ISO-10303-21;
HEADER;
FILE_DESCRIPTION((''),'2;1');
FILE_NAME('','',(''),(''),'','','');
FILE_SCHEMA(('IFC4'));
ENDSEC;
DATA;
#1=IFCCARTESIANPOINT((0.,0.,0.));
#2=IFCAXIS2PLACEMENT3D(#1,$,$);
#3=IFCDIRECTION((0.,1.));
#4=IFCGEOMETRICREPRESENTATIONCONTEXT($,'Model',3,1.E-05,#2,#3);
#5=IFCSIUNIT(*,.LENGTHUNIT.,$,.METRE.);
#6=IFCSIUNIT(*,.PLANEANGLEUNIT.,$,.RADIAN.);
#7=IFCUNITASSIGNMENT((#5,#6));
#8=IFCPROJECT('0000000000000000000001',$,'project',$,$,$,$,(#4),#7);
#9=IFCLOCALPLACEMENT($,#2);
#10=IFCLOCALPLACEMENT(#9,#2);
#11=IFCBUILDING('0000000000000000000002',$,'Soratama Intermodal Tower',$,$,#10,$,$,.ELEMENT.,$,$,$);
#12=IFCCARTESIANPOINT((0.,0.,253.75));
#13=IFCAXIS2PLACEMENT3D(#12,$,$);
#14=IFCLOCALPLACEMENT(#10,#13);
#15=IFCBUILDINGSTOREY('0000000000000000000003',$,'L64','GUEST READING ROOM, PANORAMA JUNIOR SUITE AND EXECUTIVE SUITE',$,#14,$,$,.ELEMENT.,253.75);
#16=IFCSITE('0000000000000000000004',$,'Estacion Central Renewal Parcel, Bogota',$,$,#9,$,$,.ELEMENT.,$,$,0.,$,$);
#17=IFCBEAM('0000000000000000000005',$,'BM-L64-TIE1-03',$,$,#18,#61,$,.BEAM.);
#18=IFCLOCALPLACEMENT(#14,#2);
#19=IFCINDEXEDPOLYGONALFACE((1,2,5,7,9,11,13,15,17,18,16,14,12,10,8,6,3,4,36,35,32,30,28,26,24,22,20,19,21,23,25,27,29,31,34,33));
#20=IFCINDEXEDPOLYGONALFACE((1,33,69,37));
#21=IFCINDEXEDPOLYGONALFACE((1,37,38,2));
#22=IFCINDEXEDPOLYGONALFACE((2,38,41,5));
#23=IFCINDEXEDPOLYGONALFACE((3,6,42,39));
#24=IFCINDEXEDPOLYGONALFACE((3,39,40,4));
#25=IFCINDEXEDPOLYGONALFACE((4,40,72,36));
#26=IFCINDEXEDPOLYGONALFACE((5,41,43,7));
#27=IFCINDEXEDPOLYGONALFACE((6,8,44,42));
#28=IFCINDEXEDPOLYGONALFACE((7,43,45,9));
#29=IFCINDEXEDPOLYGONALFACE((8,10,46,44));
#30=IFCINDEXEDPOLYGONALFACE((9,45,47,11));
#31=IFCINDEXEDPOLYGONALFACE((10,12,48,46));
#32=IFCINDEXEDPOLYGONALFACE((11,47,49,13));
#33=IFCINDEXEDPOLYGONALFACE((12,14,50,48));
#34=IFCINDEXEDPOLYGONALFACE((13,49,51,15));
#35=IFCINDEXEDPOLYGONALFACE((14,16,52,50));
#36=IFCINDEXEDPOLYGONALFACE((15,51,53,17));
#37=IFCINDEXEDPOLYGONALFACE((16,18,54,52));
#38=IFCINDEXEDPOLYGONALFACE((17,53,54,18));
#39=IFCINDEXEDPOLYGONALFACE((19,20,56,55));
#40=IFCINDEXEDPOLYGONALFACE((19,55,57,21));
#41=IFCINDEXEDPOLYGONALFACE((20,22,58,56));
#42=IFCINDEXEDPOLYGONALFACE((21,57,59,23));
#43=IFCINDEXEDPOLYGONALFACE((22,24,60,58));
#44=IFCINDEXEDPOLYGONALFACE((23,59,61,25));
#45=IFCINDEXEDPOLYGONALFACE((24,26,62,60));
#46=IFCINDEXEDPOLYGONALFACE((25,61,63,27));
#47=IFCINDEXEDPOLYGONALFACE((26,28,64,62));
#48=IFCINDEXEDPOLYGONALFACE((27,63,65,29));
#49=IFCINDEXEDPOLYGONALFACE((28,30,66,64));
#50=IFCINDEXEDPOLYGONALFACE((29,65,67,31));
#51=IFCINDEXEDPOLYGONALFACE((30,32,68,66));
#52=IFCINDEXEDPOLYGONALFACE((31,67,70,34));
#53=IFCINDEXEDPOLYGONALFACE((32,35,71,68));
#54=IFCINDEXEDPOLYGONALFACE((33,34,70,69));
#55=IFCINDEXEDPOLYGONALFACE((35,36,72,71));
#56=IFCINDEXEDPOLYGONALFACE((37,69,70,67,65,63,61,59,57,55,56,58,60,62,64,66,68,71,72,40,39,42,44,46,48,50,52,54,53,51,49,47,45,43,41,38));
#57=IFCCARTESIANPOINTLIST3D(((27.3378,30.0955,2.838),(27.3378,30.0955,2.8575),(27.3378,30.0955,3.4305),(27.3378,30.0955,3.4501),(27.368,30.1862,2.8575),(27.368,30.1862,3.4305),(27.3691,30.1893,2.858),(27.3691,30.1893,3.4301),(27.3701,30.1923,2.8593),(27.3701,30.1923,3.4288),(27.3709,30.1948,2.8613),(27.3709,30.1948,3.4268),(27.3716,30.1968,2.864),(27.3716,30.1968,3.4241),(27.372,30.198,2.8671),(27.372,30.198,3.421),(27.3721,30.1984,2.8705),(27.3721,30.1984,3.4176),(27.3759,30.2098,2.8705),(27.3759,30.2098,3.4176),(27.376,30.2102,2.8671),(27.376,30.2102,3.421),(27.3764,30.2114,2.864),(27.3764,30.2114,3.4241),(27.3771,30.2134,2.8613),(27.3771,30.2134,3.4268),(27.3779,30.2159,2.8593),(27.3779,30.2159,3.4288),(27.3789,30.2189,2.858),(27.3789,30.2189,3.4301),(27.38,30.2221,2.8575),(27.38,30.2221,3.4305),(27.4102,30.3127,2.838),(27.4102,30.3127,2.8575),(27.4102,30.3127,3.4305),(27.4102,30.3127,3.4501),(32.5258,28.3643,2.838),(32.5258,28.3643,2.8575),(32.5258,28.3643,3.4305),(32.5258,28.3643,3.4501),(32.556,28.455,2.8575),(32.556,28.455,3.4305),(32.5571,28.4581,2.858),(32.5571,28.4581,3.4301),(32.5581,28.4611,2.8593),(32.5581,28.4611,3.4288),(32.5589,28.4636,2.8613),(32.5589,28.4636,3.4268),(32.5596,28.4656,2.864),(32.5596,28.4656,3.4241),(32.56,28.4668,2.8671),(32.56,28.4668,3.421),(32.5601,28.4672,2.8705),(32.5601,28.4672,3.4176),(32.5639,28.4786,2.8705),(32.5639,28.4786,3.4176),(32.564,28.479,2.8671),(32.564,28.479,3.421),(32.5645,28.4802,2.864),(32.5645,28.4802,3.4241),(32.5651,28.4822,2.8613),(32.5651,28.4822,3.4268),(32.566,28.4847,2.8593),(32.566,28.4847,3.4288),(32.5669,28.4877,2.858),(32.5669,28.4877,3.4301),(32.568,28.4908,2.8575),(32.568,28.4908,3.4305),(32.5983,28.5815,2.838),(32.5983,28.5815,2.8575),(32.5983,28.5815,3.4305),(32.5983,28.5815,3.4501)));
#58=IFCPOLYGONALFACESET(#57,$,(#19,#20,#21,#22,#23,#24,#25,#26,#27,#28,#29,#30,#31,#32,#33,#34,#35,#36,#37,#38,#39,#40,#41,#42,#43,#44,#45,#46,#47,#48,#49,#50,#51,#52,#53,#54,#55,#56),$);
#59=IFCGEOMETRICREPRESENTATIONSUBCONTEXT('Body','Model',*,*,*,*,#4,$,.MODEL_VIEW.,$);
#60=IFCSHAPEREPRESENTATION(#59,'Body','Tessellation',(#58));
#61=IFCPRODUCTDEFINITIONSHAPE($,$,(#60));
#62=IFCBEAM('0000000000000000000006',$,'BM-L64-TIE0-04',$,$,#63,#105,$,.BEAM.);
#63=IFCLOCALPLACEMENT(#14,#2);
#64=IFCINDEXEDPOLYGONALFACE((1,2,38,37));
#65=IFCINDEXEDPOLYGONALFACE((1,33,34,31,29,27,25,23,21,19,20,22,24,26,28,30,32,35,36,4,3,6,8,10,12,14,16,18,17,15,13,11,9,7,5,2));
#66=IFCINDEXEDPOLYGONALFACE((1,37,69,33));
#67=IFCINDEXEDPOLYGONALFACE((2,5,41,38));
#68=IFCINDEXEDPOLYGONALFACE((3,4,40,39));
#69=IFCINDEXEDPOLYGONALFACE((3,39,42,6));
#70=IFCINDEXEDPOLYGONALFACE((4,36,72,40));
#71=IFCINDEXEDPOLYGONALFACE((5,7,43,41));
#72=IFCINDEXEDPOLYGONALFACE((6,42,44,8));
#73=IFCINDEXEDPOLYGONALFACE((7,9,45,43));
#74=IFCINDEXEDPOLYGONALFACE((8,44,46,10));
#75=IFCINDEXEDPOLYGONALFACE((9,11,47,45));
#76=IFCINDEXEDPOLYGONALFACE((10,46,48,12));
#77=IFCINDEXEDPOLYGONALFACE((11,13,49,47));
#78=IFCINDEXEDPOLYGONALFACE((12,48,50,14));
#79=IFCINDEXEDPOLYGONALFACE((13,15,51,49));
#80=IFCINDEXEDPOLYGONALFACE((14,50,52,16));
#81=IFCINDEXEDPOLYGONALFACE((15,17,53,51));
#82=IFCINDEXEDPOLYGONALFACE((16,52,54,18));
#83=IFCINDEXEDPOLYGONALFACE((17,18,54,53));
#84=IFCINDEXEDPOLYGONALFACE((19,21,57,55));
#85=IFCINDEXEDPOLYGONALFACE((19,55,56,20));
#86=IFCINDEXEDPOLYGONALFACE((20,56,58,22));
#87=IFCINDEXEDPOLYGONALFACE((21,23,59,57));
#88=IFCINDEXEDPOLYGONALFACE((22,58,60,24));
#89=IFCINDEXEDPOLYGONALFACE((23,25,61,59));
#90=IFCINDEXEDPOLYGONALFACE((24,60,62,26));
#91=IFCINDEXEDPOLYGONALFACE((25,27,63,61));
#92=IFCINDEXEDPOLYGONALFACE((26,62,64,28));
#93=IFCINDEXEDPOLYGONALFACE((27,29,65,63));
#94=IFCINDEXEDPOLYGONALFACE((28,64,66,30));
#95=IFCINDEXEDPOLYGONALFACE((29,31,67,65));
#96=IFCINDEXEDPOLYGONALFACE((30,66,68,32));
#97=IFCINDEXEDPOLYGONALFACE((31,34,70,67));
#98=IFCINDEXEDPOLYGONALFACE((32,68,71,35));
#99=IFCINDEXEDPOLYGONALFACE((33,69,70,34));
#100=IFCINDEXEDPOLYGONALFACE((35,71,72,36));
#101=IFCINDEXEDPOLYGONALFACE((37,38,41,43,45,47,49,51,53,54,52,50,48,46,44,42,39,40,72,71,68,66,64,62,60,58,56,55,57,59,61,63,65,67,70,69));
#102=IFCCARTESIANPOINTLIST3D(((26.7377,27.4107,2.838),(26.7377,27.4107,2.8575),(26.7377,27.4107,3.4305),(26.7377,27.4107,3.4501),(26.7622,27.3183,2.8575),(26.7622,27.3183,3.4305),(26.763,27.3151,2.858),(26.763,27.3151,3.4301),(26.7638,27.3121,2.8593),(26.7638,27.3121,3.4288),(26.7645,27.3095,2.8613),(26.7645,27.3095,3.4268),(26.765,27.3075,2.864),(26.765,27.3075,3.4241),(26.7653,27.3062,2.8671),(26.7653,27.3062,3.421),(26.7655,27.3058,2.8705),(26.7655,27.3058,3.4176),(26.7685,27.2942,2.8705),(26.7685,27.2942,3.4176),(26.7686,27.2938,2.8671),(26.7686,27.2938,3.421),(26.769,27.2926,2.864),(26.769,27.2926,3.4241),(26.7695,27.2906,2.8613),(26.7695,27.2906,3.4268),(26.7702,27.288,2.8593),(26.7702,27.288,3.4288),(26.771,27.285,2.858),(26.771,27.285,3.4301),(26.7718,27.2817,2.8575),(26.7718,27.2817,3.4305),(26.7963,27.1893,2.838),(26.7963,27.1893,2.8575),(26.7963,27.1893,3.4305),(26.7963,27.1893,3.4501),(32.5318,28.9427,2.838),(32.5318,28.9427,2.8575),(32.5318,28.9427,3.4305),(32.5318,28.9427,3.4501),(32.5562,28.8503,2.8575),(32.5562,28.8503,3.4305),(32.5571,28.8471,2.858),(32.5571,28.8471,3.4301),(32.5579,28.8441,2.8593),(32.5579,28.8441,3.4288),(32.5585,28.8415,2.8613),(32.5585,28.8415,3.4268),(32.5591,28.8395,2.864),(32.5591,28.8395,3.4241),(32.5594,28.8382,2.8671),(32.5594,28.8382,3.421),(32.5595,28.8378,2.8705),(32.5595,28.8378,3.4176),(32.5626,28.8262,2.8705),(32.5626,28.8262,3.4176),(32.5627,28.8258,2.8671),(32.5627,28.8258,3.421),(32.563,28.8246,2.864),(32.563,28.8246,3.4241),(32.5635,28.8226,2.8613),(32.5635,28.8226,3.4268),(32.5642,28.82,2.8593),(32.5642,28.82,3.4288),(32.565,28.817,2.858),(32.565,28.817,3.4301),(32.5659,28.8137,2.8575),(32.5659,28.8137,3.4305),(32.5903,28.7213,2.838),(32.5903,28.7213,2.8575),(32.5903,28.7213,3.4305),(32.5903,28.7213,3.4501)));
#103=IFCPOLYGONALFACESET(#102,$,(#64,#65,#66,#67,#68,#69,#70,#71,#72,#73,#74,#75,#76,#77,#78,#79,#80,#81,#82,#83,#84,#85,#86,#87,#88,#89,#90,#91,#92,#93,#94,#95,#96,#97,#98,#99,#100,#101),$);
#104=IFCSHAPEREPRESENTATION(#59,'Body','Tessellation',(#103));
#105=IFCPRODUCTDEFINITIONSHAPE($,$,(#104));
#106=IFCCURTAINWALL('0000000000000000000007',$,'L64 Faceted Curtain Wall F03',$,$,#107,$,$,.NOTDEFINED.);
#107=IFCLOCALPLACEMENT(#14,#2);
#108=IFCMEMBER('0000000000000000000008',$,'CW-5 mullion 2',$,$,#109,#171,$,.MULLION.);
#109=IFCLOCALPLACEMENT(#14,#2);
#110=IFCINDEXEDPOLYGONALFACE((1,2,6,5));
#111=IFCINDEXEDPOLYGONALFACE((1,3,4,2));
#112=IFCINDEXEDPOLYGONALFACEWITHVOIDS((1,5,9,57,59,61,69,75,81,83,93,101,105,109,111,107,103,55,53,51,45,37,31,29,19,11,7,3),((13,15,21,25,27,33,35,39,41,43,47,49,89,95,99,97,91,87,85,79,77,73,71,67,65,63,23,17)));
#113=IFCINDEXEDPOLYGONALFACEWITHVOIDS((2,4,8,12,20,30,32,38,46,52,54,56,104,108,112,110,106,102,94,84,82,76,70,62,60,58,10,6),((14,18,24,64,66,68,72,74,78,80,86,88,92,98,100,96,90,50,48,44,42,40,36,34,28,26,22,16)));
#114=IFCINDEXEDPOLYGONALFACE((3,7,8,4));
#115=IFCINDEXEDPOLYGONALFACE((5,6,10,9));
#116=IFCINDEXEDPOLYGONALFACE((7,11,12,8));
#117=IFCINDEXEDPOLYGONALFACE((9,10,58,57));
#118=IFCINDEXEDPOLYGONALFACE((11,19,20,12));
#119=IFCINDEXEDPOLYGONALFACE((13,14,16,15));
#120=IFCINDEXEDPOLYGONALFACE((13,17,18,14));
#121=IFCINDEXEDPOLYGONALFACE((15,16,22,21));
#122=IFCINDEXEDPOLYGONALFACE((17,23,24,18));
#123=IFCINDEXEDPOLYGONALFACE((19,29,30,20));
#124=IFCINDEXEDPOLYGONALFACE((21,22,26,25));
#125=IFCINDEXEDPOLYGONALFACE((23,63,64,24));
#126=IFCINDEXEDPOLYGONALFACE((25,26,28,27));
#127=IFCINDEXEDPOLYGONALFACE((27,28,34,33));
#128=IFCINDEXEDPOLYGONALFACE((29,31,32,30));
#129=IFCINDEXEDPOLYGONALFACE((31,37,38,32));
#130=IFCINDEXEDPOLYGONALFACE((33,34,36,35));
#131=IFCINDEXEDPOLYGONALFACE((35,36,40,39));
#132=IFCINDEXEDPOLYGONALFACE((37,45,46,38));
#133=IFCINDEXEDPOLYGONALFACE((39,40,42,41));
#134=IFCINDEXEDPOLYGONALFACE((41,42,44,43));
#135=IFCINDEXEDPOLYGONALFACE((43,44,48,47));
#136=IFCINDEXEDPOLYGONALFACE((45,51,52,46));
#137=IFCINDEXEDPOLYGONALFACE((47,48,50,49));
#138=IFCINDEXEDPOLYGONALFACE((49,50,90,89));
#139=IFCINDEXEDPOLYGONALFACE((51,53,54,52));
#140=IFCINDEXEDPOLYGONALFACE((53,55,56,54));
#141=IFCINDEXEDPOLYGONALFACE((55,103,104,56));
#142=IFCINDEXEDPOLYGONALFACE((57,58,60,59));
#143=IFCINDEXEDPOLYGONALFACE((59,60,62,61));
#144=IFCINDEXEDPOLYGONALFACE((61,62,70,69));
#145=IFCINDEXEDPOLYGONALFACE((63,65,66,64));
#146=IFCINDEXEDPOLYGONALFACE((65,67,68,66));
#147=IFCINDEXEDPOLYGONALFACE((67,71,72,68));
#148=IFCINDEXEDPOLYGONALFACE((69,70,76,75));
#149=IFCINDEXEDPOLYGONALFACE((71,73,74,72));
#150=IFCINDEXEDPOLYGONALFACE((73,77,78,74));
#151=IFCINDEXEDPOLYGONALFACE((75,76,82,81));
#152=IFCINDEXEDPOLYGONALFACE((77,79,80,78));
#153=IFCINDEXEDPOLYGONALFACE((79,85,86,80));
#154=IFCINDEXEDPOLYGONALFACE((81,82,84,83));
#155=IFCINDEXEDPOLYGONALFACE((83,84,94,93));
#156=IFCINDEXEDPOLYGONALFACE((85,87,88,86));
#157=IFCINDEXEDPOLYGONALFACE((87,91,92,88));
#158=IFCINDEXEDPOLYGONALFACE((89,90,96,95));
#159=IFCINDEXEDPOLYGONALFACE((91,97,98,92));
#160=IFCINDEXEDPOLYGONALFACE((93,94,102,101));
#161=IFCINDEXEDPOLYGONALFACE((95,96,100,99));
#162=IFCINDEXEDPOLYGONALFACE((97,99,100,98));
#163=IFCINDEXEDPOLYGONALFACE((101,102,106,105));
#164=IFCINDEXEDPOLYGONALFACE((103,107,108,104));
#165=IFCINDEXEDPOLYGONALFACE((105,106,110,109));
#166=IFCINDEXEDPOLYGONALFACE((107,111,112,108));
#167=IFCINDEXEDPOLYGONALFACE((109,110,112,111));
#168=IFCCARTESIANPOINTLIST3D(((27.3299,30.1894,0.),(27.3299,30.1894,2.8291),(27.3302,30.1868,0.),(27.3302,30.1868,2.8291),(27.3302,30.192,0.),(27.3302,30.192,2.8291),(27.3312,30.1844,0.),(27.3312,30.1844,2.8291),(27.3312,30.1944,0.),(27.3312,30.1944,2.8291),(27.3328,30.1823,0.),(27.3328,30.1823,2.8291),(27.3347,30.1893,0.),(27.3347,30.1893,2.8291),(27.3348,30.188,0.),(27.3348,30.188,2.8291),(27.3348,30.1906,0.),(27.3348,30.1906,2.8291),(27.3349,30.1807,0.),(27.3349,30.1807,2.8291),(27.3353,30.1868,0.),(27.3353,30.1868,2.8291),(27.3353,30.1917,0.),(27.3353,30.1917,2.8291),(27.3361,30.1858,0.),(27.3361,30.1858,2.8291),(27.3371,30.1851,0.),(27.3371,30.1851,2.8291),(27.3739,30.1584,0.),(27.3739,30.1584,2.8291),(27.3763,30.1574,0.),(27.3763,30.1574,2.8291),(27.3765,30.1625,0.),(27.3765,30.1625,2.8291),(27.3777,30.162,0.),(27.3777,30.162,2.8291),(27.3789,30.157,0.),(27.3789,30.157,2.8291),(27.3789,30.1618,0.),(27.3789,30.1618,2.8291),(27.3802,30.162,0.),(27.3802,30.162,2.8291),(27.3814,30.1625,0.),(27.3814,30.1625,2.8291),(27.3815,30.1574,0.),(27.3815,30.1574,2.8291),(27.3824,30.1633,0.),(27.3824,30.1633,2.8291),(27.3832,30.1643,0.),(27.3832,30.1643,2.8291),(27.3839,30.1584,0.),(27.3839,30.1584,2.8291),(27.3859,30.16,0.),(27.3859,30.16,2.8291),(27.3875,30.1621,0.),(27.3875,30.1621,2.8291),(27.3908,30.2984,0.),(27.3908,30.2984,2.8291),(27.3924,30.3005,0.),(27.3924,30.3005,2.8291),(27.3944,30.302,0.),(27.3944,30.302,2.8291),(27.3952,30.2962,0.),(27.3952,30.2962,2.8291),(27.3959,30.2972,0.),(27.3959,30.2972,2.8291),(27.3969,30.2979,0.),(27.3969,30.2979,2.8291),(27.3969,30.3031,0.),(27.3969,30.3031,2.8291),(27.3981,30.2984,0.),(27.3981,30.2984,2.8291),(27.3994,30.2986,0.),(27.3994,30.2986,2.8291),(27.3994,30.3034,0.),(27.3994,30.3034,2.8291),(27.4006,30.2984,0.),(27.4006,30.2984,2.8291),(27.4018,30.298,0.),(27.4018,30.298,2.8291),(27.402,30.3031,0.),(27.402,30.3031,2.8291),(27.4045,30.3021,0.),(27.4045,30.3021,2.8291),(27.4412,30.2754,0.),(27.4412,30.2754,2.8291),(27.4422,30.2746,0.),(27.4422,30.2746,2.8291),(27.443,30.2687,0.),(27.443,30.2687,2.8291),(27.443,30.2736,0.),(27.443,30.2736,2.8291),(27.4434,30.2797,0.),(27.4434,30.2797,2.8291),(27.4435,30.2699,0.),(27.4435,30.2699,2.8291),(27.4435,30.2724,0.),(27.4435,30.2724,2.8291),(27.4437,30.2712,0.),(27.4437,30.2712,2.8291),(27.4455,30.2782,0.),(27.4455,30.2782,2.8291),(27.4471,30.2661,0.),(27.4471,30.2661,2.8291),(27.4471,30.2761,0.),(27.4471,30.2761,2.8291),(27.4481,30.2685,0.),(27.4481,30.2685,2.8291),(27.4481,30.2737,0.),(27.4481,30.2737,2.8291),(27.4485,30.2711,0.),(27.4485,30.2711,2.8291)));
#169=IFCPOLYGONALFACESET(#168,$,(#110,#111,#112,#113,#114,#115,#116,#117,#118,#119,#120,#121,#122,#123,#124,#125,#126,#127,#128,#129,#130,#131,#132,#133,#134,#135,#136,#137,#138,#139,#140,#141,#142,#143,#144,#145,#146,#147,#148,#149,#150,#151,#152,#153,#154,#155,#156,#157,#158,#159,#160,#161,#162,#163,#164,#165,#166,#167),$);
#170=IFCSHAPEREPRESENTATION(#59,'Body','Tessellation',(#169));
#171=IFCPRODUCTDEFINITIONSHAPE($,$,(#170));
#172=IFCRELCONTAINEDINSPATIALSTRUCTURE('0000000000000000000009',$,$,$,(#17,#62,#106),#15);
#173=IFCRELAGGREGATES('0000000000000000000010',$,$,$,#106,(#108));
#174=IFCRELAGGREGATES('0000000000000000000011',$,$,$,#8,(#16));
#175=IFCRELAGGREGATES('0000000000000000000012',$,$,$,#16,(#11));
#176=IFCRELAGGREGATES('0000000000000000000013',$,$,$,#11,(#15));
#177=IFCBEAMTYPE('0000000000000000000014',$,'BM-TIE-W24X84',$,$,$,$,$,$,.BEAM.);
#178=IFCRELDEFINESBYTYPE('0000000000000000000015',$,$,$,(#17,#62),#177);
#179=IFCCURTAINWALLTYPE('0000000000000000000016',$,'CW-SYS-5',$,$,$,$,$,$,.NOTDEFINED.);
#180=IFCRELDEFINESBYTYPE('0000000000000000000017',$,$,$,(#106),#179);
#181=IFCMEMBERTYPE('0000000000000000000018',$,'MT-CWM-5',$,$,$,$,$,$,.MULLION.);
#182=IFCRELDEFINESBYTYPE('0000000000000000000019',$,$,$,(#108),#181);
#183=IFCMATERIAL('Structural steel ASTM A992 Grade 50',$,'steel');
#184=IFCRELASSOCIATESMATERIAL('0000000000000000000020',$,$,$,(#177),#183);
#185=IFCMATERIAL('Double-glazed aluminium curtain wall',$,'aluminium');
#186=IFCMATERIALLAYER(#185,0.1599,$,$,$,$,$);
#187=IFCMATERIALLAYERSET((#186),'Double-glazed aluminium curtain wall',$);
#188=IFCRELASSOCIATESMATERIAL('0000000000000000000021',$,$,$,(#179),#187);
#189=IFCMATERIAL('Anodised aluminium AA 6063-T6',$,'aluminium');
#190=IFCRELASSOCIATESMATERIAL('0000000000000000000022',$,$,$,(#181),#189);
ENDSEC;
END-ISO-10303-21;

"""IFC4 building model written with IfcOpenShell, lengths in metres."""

from ifc_helpers import new_model, si_unit, direction, frame, origin, origin_2d, place, context, subcontext, project, spatial, hollow_rectangle, i_section, extrude, material, layer, layer_set, material_profile, profile_set, type_object, element, aggregate, save


model = new_model("IFC4")

# Units and contexts
model_context = context("Model", 3, precision=1e-05, world=origin(), true_north=direction((0.0, 1.0)))
body_context = subcontext(model_context, "Body", "Model", "MODEL_VIEW")
ifc_project = project(units=[si_unit("LENGTHUNIT", "METRE"), si_unit("PLANEANGLEUNIT", "RADIAN")], contexts=[model_context])

# Site, building, storey
site_placement = place(None, origin())
site = spatial("IfcSite", under=ifc_project, at=site_placement, Name="Estacion Central Renewal Parcel, Bogota", CompositionType="ELEMENT", RefElevation=0.0)
building_placement = place(site_placement, origin())
building = spatial("IfcBuilding", under=site, at=building_placement, Name="Soratama Intermodal Tower", CompositionType="ELEMENT")
storey_placement = place(building_placement, frame((0.0, 0.0, 253.75)))
storey = spatial("IfcBuildingStorey", under=building, at=storey_placement, Name="L64", Description="GUEST READING ROOM, PANORAMA JUNIOR SUITE AND EXECUTIVE SUITE", CompositionType="ELEMENT", Elevation=253.75)

# Beams
ifc_material_1 = material(Name="Structural steel ASTM A992 Grade 50", Category="steel")
ifc_material_profile_1 = material_profile(ifc_material_1, i_section(OverallWidth=0.229, OverallDepth=0.6121, WebThickness=0.012, FlangeThickness=0.0195, FilletRadius=0.0129, at=origin_2d()), Name="W24X84")
ifc_profile_set_1 = profile_set([ifc_material_profile_1], Name="Structural steel ASTM A992 Grade 50")
beam_type_1 = type_object("IfcBeamType", Name="BM-TIE-W24X84", PredefinedType="BEAM", material=ifc_profile_set_1)
beam_1_placement = place(storey_placement, frame((32.562, 28.4729, 3.144), z_axis=(-0.948581, 0.316536, 0.0), x_axis=(-0.316536, -0.948581, 0.0)))
element("IfcBeam", 1, at=beam_1_placement, inside=storey, type_object=beam_type_1, Name="BM-L64-TIE1-03", PredefinedType="BEAM", context=body_context, shape_type="SweptSolid", body=[
    extrude(i_section(OverallWidth=0.229, OverallDepth=0.6121, WebThickness=0.012, FlangeThickness=0.0195, FilletRadius=0.0129, at=origin_2d()), origin(), (0.0, 0.0, 1.0), 5.4692),
])
beam_2_placement = place(storey_placement, frame((32.561, 28.832, 3.144), z_axis=(-0.966776, -0.255626, 0.0), x_axis=(0.255626, -0.966776, 0.0)))
element("IfcBeam", 2, at=beam_2_placement, inside=storey, type_object=beam_type_1, Name="BM-L64-TIE0-04", PredefinedType="BEAM", context=body_context, shape_type="SweptSolid", body=[
    extrude(i_section(OverallWidth=0.229, OverallDepth=0.6121, WebThickness=0.012, FlangeThickness=0.0195, FilletRadius=0.0129, at=origin_2d()), origin(), (0.0, 0.0, 1.0), 5.9932),
])

# Curtain wall, member
ifc_material_2 = material(Name="Double-glazed aluminium curtain wall", Category="aluminium")
ifc_layer_1 = layer(ifc_material_2, 0.1599)
ifc_layer_set_1 = layer_set([ifc_layer_1], Name="Double-glazed aluminium curtain wall")
curtain_wall_type = type_object("IfcCurtainWallType", Name="CW-SYS-5", PredefinedType="NOTDEFINED", material=ifc_layer_set_1)
curtain_wall_placement = place(storey_placement, origin())
curtain_wall = element("IfcCurtainWall", 3, at=curtain_wall_placement, inside=storey, type_object=curtain_wall_type, Name="L64 Faceted Curtain Wall F03", PredefinedType="NOTDEFINED")
ifc_material_3 = material(Name="Anodised aluminium AA 6063-T6", Category="aluminium")
ifc_material_profile_2 = material_profile(ifc_material_3, hollow_rectangle(XDim=0.0649, YDim=0.1399, WallThickness=0.0049, InnerFilletRadius=0.0049, OuterFilletRadius=0.01, at=origin_2d()), Name="CWM140X65X5")
ifc_profile_set_2 = profile_set([ifc_material_profile_2], Name="Anodised aluminium AA 6063-T6")
member_type = type_object("IfcMemberType", Name="MT-CWM-5", PredefinedType="MULLION", material=ifc_profile_set_2)
member_placement = place(storey_placement, frame((27.3892, 30.2302, 0.0), z_axis=(0.0, 0.0, 1.0), x_axis=(0.867588, -0.497284, 0.0)))
member = element("IfcMember", 4, at=member_placement, type_object=member_type, Name="CW-5 mullion 2", PredefinedType="MULLION", context=body_context, shape_type="SweptSolid", body=[
    extrude(hollow_rectangle(XDim=0.0649, YDim=0.1399, WallThickness=0.0049, InnerFilletRadius=0.0049, OuterFilletRadius=0.01, at=origin_2d()), origin(), (0.0, 0.0, 1.0), 2.8291),
])
aggregate(curtain_wall, [member])

save(model, "model.ifc")
